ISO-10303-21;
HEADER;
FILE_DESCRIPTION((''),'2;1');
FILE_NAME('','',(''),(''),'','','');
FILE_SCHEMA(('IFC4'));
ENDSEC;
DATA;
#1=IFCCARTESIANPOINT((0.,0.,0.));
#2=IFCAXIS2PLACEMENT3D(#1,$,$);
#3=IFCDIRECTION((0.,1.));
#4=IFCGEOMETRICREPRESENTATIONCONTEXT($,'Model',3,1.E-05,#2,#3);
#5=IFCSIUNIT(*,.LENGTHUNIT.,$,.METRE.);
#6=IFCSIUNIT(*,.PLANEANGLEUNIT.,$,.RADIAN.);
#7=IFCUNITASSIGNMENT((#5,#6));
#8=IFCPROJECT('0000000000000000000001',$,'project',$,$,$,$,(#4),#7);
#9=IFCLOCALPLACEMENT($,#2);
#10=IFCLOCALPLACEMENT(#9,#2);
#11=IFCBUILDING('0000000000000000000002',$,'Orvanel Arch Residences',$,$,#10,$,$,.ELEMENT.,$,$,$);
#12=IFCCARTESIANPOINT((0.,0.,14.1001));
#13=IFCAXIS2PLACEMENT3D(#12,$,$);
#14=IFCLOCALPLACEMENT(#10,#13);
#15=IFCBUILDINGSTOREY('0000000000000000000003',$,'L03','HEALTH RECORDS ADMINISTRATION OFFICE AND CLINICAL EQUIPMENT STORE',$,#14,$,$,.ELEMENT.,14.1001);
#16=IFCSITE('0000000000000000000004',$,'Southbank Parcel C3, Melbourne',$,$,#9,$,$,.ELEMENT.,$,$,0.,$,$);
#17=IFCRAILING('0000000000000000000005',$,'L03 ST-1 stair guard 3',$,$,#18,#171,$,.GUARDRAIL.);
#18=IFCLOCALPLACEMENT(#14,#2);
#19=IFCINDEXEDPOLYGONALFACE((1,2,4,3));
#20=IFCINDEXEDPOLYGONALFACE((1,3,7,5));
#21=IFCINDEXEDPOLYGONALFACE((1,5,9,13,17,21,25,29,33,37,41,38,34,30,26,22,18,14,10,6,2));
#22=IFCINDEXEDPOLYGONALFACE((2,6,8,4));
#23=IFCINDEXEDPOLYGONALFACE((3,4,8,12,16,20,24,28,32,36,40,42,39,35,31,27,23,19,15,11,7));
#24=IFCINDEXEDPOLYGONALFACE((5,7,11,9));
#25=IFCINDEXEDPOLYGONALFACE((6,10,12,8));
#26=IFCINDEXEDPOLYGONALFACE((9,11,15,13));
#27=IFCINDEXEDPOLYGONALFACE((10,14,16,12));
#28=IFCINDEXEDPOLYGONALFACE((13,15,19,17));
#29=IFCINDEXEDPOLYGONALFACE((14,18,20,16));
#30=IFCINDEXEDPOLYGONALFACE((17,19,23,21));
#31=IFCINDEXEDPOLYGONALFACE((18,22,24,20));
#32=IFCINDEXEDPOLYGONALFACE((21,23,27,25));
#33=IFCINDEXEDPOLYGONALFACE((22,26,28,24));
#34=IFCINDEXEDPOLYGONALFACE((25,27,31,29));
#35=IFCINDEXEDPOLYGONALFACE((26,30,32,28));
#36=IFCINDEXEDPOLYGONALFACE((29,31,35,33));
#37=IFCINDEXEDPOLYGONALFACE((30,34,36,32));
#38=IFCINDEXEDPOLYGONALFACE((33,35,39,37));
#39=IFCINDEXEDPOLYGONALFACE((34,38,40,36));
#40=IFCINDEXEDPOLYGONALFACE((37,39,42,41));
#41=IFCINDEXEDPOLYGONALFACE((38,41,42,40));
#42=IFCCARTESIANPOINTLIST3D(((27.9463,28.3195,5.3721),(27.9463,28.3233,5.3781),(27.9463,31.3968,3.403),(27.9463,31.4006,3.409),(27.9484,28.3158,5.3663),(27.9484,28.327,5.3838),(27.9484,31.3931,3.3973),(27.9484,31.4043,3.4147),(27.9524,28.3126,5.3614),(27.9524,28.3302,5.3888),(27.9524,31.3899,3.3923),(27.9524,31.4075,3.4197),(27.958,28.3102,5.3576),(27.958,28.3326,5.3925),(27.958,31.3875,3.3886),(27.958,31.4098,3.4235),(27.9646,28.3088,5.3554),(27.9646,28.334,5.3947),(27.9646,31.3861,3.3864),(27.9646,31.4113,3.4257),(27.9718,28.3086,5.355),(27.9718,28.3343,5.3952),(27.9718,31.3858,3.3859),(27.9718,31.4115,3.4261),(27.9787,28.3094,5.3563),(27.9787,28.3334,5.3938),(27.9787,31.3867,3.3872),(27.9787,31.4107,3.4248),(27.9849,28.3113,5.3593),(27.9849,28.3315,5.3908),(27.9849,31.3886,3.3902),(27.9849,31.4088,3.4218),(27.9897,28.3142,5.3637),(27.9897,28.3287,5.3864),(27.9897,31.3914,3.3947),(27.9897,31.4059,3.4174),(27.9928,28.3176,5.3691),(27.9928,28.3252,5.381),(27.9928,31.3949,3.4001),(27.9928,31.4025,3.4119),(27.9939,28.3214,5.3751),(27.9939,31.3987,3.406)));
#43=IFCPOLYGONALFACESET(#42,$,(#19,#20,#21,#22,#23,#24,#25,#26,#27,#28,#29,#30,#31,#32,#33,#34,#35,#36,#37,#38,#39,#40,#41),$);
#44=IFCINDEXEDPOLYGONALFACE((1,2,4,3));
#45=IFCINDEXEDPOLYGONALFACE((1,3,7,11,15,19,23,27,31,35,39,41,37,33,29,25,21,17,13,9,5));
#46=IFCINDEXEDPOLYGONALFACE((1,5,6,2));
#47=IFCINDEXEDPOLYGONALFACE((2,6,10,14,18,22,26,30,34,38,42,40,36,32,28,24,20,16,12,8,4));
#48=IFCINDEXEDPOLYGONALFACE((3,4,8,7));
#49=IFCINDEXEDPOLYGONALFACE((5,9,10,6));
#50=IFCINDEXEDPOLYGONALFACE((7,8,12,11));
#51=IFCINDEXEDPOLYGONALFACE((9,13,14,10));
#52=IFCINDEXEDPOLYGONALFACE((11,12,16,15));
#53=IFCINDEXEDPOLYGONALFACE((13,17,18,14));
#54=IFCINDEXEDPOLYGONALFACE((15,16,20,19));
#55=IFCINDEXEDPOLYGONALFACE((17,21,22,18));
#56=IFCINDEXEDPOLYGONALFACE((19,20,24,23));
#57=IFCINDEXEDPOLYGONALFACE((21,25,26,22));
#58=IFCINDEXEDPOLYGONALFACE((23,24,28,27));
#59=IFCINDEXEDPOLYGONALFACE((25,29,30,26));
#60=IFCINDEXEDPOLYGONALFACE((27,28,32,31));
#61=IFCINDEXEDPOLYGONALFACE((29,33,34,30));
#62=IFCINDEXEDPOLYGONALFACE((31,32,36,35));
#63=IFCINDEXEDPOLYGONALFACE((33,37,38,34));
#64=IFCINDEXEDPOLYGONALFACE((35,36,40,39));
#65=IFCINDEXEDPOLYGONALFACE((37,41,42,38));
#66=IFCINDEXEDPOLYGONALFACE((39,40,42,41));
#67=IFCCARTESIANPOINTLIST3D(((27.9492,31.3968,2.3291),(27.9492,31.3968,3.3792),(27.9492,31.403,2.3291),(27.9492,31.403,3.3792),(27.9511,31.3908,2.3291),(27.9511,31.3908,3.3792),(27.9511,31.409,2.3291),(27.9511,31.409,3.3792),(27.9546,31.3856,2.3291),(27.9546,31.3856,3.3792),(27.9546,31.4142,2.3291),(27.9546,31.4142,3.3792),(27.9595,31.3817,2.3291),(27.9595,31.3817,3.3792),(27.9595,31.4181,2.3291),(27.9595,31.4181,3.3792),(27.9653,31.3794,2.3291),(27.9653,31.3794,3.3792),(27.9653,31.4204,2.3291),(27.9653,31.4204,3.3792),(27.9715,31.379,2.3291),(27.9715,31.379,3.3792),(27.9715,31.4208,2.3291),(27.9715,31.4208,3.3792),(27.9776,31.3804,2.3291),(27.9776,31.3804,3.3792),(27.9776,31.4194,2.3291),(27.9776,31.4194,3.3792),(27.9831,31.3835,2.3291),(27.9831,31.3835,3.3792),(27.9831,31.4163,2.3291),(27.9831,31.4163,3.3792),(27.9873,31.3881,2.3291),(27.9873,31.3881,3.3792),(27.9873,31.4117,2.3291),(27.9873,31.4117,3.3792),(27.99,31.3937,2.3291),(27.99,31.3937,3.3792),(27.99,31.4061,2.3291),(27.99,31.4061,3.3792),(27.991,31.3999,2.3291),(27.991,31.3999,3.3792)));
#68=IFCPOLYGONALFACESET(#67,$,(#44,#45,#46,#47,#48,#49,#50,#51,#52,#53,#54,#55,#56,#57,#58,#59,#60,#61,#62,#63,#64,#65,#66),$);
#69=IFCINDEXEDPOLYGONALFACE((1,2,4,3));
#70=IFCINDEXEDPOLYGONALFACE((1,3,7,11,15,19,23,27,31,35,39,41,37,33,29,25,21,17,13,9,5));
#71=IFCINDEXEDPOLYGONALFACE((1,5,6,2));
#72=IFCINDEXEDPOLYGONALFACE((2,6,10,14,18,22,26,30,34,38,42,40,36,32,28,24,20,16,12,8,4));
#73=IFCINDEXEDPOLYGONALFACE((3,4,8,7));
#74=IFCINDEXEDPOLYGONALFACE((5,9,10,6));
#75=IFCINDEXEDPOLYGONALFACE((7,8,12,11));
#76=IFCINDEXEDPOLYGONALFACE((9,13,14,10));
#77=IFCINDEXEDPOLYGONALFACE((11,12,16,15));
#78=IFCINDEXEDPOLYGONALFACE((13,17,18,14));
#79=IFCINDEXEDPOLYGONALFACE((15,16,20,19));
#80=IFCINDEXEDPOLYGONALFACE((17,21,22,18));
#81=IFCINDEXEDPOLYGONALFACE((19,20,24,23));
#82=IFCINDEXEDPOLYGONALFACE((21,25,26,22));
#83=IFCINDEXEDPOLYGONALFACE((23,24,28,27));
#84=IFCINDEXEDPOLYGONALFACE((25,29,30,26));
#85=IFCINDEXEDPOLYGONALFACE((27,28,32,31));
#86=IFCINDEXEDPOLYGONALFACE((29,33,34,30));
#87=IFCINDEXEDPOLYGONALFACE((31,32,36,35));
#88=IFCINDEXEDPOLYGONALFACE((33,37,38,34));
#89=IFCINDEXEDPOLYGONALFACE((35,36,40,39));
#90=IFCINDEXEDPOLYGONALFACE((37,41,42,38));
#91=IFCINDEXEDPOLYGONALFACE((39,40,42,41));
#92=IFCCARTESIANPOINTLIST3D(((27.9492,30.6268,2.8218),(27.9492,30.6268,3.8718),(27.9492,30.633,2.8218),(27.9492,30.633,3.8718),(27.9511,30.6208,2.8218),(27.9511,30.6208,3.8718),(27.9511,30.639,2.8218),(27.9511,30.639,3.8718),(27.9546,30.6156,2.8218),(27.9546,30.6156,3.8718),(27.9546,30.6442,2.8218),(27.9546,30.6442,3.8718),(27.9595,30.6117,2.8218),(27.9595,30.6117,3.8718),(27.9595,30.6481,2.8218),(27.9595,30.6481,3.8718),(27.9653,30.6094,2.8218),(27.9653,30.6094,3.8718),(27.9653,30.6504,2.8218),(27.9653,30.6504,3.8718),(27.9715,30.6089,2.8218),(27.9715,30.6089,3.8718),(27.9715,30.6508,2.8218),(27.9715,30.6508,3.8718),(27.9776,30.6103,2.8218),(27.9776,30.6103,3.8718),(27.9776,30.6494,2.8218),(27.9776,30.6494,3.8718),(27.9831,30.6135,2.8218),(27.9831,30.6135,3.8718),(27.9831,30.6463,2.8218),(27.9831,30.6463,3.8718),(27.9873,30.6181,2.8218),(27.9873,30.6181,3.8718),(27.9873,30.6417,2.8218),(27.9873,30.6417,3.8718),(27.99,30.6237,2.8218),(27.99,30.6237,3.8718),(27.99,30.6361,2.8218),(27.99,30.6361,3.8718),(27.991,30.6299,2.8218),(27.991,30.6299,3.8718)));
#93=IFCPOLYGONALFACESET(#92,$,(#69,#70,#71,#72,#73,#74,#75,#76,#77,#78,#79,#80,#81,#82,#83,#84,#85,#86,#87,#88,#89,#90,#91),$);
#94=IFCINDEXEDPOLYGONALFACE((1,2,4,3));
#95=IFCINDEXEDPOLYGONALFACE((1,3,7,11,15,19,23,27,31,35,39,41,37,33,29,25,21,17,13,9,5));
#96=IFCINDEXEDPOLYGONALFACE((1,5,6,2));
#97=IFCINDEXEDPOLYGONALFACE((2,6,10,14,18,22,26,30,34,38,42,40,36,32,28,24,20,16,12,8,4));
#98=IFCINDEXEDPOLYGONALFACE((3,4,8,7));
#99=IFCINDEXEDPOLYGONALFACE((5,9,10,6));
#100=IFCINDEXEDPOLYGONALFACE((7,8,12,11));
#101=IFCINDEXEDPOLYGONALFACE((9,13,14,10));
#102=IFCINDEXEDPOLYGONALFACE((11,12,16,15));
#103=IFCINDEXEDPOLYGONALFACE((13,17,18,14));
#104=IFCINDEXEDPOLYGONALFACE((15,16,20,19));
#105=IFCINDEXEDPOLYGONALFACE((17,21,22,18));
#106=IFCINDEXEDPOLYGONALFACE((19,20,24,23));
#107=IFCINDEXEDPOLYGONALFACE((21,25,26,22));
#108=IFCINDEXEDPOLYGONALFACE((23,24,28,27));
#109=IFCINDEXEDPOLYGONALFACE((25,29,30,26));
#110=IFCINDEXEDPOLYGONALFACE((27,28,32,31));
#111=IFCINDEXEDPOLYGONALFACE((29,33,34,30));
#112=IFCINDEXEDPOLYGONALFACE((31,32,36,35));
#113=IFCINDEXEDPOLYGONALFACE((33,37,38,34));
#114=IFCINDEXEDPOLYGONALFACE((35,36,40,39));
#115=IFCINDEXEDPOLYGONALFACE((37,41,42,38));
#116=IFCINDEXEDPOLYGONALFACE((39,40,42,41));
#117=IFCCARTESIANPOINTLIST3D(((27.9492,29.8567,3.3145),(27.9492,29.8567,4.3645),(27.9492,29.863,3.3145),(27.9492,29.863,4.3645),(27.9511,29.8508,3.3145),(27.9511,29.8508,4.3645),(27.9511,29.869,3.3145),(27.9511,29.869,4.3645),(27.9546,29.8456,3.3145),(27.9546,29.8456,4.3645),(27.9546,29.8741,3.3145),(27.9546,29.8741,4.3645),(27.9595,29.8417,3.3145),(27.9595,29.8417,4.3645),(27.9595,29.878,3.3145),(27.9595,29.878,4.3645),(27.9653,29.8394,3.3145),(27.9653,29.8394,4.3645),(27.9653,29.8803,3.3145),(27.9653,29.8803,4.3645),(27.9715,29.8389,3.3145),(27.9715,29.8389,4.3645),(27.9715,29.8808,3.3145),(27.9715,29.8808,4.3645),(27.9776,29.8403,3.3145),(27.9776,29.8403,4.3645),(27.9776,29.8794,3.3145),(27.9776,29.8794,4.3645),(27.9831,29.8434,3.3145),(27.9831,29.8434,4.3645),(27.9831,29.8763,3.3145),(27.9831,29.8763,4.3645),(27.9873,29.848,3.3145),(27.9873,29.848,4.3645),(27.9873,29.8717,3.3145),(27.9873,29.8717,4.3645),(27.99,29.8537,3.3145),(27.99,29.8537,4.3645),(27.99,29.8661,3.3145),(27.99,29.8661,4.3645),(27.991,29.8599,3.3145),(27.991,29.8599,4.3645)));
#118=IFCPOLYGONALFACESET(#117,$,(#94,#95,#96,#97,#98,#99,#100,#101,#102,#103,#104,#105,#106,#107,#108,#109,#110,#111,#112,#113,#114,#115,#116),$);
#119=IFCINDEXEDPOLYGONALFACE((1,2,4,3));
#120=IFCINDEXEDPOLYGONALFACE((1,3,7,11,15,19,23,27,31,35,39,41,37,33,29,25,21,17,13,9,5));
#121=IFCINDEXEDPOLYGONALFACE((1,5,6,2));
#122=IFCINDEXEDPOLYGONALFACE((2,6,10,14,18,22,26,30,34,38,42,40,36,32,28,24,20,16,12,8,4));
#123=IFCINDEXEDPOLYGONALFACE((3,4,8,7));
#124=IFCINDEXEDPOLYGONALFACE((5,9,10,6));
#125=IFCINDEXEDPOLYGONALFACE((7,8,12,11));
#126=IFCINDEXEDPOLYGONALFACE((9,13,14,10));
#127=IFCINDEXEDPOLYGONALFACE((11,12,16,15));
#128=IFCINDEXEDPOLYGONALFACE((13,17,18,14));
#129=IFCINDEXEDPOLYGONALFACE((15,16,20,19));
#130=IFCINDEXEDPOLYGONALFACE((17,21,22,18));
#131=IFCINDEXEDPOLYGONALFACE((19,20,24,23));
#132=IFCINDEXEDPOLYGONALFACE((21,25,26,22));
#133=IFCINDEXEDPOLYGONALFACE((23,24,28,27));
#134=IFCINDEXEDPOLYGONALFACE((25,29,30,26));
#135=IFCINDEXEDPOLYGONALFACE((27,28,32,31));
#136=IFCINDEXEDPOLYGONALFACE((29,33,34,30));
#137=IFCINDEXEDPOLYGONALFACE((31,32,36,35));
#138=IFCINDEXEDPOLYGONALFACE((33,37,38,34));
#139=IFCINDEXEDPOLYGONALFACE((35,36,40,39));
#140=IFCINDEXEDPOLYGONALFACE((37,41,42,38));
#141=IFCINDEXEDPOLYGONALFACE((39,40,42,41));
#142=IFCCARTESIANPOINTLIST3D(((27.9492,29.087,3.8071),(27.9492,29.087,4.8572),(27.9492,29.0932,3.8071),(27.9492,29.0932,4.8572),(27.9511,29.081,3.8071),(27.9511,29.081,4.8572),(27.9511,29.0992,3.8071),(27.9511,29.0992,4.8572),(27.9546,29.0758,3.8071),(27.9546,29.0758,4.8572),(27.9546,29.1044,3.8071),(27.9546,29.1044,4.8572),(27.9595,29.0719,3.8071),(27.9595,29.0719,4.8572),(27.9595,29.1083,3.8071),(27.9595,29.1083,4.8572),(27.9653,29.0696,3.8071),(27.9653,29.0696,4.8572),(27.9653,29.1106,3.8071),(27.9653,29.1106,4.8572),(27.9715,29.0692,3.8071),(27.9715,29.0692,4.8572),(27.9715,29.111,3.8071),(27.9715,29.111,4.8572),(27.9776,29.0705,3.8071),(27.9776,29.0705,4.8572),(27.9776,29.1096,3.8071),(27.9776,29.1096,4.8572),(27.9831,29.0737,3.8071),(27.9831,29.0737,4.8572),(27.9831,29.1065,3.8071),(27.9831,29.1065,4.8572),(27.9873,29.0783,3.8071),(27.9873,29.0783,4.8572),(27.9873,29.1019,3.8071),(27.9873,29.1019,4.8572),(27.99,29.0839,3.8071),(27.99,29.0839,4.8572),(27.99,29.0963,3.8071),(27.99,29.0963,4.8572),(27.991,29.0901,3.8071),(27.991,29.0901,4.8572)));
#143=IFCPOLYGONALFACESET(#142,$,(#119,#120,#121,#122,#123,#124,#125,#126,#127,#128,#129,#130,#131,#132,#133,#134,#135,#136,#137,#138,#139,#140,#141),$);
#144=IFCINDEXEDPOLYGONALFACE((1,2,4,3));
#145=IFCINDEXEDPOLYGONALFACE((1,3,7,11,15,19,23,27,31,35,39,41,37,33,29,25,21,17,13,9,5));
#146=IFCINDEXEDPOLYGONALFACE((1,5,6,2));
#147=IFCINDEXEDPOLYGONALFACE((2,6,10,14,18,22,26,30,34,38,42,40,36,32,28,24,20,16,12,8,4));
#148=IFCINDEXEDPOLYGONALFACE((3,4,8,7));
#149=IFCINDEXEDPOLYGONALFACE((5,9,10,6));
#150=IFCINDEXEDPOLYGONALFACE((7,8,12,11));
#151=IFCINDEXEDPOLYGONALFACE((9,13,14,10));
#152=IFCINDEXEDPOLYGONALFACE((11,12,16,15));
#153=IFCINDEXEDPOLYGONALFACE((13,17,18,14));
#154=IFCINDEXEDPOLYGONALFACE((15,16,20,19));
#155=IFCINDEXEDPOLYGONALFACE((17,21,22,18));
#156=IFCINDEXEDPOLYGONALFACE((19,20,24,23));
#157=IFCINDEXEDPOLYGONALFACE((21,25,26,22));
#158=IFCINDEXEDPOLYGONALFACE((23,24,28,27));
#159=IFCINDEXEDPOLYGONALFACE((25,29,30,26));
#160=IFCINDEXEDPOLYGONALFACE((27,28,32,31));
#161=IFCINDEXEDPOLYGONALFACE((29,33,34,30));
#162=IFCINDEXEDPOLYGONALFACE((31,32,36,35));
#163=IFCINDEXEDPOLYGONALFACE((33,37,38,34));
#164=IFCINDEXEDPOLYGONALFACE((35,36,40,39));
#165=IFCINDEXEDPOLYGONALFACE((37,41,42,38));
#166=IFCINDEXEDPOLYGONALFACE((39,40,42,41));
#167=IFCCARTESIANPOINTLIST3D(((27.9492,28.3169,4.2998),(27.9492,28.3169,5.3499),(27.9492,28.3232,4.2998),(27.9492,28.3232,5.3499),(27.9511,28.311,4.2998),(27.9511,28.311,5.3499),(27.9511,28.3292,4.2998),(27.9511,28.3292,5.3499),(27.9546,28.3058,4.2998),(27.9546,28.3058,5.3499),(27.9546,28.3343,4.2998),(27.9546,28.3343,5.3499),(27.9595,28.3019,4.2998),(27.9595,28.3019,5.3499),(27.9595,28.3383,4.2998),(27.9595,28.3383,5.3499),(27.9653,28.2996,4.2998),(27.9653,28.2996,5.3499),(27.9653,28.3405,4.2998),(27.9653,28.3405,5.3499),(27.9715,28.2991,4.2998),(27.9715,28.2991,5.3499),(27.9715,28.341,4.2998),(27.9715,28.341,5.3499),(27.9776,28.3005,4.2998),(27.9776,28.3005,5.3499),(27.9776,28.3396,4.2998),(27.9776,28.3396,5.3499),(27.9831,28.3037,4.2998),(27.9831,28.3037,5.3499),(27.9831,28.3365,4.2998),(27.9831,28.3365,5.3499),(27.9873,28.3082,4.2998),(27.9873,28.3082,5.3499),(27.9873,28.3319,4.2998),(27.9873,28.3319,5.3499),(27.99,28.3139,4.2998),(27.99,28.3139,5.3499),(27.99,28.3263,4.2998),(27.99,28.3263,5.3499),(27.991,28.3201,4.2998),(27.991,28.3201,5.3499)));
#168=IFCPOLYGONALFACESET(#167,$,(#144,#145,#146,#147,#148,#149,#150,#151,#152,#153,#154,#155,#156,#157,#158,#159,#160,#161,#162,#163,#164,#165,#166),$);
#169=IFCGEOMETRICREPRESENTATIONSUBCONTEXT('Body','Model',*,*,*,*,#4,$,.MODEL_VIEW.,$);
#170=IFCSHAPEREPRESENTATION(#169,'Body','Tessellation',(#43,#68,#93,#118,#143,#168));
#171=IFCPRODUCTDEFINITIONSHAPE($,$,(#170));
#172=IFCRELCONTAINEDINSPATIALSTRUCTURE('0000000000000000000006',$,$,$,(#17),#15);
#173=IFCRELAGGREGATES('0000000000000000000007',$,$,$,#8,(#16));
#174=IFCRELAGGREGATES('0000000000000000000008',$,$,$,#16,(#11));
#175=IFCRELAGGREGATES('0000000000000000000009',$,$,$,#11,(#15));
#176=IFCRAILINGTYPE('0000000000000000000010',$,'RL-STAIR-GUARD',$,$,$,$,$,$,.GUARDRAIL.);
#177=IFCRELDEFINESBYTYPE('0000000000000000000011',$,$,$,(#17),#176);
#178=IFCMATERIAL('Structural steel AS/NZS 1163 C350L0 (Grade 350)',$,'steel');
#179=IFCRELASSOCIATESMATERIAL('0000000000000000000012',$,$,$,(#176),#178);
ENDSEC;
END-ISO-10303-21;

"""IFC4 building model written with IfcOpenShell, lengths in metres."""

from ifc_helpers import new_model, si_unit, direction, frame, origin, origin_2d, place, context, subcontext, project, spatial, circle, extrude, material, type_object, element, save


model = new_model("IFC4")

# Units and contexts
model_context = context("Model", 3, precision=1e-05, world=origin(), true_north=direction((0.0, 1.0)))
body_context = subcontext(model_context, "Body", "Model", "MODEL_VIEW")
ifc_project = project(units=[si_unit("LENGTHUNIT", "METRE"), si_unit("PLANEANGLEUNIT", "RADIAN")], contexts=[model_context])

# Site, building, storey
site_placement = place(None, origin())
site = spatial("IfcSite", under=ifc_project, at=site_placement, Name="Southbank Parcel C3, Melbourne", CompositionType="ELEMENT", RefElevation=0.0)
building_placement = place(site_placement, origin())
building = spatial("IfcBuilding", under=site, at=building_placement, Name="Orvanel Arch Residences", CompositionType="ELEMENT")
storey_placement = place(building_placement, frame((0.0, 0.0, 14.1001)))
storey = spatial("IfcBuildingStorey", under=building, at=storey_placement, Name="L03", Description="HEALTH RECORDS ADMINISTRATION OFFICE AND CLINICAL EQUIPMENT STORE", CompositionType="ELEMENT", Elevation=14.1001)

# Railing
ifc_material_1 = material(Name="Structural steel AS/NZS 1163 C350L0 (Grade 350)", Category="steel")
railing_type_1 = type_object("IfcRailingType", Name="RL-STAIR-GUARD", PredefinedType="GUARDRAIL", material=ifc_material_1)
railing_1_placement = place(storey_placement, frame((27.97, 31.3999, 2.3291)))
element("IfcRailing", 1, at=railing_1_placement, inside=storey, type_object=railing_type_1, Name="L03 ST-1 stair guard 3", PredefinedType="GUARDRAIL", context=body_context, shape_type="SweptSolid", body=[
    extrude(circle(Radius=0.0239, at=origin_2d()), frame((0.0, -0.0012, 1.0769), z_axis=(0.0, -0.84232, 0.538978), x_axis=(1.0, 0.0, 0.0)), (0.0, 0.0, 1.0), 3.6533),
    extrude(circle(Radius=0.021, at=origin_2d()), origin(), (0.0, 0.0, 1.0), 1.05),
    extrude(circle(Radius=0.021, at=origin_2d()), frame((0.0, -0.77, 0.4927)), (0.0, 0.0, 1.0), 1.05),
    extrude(circle(Radius=0.021, at=origin_2d()), frame((0.0, -1.54, 0.9854)), (0.0, 0.0, 1.0), 1.05),
    extrude(circle(Radius=0.021, at=origin_2d()), frame((0.0, -2.3098, 1.478)), (0.0, 0.0, 1.0), 1.05),
    extrude(circle(Radius=0.021, at=origin_2d()), frame((0.0, -3.0798, 1.9707)), (0.0, 0.0, 1.0), 1.05),
])

save(model, "model.ifc")
